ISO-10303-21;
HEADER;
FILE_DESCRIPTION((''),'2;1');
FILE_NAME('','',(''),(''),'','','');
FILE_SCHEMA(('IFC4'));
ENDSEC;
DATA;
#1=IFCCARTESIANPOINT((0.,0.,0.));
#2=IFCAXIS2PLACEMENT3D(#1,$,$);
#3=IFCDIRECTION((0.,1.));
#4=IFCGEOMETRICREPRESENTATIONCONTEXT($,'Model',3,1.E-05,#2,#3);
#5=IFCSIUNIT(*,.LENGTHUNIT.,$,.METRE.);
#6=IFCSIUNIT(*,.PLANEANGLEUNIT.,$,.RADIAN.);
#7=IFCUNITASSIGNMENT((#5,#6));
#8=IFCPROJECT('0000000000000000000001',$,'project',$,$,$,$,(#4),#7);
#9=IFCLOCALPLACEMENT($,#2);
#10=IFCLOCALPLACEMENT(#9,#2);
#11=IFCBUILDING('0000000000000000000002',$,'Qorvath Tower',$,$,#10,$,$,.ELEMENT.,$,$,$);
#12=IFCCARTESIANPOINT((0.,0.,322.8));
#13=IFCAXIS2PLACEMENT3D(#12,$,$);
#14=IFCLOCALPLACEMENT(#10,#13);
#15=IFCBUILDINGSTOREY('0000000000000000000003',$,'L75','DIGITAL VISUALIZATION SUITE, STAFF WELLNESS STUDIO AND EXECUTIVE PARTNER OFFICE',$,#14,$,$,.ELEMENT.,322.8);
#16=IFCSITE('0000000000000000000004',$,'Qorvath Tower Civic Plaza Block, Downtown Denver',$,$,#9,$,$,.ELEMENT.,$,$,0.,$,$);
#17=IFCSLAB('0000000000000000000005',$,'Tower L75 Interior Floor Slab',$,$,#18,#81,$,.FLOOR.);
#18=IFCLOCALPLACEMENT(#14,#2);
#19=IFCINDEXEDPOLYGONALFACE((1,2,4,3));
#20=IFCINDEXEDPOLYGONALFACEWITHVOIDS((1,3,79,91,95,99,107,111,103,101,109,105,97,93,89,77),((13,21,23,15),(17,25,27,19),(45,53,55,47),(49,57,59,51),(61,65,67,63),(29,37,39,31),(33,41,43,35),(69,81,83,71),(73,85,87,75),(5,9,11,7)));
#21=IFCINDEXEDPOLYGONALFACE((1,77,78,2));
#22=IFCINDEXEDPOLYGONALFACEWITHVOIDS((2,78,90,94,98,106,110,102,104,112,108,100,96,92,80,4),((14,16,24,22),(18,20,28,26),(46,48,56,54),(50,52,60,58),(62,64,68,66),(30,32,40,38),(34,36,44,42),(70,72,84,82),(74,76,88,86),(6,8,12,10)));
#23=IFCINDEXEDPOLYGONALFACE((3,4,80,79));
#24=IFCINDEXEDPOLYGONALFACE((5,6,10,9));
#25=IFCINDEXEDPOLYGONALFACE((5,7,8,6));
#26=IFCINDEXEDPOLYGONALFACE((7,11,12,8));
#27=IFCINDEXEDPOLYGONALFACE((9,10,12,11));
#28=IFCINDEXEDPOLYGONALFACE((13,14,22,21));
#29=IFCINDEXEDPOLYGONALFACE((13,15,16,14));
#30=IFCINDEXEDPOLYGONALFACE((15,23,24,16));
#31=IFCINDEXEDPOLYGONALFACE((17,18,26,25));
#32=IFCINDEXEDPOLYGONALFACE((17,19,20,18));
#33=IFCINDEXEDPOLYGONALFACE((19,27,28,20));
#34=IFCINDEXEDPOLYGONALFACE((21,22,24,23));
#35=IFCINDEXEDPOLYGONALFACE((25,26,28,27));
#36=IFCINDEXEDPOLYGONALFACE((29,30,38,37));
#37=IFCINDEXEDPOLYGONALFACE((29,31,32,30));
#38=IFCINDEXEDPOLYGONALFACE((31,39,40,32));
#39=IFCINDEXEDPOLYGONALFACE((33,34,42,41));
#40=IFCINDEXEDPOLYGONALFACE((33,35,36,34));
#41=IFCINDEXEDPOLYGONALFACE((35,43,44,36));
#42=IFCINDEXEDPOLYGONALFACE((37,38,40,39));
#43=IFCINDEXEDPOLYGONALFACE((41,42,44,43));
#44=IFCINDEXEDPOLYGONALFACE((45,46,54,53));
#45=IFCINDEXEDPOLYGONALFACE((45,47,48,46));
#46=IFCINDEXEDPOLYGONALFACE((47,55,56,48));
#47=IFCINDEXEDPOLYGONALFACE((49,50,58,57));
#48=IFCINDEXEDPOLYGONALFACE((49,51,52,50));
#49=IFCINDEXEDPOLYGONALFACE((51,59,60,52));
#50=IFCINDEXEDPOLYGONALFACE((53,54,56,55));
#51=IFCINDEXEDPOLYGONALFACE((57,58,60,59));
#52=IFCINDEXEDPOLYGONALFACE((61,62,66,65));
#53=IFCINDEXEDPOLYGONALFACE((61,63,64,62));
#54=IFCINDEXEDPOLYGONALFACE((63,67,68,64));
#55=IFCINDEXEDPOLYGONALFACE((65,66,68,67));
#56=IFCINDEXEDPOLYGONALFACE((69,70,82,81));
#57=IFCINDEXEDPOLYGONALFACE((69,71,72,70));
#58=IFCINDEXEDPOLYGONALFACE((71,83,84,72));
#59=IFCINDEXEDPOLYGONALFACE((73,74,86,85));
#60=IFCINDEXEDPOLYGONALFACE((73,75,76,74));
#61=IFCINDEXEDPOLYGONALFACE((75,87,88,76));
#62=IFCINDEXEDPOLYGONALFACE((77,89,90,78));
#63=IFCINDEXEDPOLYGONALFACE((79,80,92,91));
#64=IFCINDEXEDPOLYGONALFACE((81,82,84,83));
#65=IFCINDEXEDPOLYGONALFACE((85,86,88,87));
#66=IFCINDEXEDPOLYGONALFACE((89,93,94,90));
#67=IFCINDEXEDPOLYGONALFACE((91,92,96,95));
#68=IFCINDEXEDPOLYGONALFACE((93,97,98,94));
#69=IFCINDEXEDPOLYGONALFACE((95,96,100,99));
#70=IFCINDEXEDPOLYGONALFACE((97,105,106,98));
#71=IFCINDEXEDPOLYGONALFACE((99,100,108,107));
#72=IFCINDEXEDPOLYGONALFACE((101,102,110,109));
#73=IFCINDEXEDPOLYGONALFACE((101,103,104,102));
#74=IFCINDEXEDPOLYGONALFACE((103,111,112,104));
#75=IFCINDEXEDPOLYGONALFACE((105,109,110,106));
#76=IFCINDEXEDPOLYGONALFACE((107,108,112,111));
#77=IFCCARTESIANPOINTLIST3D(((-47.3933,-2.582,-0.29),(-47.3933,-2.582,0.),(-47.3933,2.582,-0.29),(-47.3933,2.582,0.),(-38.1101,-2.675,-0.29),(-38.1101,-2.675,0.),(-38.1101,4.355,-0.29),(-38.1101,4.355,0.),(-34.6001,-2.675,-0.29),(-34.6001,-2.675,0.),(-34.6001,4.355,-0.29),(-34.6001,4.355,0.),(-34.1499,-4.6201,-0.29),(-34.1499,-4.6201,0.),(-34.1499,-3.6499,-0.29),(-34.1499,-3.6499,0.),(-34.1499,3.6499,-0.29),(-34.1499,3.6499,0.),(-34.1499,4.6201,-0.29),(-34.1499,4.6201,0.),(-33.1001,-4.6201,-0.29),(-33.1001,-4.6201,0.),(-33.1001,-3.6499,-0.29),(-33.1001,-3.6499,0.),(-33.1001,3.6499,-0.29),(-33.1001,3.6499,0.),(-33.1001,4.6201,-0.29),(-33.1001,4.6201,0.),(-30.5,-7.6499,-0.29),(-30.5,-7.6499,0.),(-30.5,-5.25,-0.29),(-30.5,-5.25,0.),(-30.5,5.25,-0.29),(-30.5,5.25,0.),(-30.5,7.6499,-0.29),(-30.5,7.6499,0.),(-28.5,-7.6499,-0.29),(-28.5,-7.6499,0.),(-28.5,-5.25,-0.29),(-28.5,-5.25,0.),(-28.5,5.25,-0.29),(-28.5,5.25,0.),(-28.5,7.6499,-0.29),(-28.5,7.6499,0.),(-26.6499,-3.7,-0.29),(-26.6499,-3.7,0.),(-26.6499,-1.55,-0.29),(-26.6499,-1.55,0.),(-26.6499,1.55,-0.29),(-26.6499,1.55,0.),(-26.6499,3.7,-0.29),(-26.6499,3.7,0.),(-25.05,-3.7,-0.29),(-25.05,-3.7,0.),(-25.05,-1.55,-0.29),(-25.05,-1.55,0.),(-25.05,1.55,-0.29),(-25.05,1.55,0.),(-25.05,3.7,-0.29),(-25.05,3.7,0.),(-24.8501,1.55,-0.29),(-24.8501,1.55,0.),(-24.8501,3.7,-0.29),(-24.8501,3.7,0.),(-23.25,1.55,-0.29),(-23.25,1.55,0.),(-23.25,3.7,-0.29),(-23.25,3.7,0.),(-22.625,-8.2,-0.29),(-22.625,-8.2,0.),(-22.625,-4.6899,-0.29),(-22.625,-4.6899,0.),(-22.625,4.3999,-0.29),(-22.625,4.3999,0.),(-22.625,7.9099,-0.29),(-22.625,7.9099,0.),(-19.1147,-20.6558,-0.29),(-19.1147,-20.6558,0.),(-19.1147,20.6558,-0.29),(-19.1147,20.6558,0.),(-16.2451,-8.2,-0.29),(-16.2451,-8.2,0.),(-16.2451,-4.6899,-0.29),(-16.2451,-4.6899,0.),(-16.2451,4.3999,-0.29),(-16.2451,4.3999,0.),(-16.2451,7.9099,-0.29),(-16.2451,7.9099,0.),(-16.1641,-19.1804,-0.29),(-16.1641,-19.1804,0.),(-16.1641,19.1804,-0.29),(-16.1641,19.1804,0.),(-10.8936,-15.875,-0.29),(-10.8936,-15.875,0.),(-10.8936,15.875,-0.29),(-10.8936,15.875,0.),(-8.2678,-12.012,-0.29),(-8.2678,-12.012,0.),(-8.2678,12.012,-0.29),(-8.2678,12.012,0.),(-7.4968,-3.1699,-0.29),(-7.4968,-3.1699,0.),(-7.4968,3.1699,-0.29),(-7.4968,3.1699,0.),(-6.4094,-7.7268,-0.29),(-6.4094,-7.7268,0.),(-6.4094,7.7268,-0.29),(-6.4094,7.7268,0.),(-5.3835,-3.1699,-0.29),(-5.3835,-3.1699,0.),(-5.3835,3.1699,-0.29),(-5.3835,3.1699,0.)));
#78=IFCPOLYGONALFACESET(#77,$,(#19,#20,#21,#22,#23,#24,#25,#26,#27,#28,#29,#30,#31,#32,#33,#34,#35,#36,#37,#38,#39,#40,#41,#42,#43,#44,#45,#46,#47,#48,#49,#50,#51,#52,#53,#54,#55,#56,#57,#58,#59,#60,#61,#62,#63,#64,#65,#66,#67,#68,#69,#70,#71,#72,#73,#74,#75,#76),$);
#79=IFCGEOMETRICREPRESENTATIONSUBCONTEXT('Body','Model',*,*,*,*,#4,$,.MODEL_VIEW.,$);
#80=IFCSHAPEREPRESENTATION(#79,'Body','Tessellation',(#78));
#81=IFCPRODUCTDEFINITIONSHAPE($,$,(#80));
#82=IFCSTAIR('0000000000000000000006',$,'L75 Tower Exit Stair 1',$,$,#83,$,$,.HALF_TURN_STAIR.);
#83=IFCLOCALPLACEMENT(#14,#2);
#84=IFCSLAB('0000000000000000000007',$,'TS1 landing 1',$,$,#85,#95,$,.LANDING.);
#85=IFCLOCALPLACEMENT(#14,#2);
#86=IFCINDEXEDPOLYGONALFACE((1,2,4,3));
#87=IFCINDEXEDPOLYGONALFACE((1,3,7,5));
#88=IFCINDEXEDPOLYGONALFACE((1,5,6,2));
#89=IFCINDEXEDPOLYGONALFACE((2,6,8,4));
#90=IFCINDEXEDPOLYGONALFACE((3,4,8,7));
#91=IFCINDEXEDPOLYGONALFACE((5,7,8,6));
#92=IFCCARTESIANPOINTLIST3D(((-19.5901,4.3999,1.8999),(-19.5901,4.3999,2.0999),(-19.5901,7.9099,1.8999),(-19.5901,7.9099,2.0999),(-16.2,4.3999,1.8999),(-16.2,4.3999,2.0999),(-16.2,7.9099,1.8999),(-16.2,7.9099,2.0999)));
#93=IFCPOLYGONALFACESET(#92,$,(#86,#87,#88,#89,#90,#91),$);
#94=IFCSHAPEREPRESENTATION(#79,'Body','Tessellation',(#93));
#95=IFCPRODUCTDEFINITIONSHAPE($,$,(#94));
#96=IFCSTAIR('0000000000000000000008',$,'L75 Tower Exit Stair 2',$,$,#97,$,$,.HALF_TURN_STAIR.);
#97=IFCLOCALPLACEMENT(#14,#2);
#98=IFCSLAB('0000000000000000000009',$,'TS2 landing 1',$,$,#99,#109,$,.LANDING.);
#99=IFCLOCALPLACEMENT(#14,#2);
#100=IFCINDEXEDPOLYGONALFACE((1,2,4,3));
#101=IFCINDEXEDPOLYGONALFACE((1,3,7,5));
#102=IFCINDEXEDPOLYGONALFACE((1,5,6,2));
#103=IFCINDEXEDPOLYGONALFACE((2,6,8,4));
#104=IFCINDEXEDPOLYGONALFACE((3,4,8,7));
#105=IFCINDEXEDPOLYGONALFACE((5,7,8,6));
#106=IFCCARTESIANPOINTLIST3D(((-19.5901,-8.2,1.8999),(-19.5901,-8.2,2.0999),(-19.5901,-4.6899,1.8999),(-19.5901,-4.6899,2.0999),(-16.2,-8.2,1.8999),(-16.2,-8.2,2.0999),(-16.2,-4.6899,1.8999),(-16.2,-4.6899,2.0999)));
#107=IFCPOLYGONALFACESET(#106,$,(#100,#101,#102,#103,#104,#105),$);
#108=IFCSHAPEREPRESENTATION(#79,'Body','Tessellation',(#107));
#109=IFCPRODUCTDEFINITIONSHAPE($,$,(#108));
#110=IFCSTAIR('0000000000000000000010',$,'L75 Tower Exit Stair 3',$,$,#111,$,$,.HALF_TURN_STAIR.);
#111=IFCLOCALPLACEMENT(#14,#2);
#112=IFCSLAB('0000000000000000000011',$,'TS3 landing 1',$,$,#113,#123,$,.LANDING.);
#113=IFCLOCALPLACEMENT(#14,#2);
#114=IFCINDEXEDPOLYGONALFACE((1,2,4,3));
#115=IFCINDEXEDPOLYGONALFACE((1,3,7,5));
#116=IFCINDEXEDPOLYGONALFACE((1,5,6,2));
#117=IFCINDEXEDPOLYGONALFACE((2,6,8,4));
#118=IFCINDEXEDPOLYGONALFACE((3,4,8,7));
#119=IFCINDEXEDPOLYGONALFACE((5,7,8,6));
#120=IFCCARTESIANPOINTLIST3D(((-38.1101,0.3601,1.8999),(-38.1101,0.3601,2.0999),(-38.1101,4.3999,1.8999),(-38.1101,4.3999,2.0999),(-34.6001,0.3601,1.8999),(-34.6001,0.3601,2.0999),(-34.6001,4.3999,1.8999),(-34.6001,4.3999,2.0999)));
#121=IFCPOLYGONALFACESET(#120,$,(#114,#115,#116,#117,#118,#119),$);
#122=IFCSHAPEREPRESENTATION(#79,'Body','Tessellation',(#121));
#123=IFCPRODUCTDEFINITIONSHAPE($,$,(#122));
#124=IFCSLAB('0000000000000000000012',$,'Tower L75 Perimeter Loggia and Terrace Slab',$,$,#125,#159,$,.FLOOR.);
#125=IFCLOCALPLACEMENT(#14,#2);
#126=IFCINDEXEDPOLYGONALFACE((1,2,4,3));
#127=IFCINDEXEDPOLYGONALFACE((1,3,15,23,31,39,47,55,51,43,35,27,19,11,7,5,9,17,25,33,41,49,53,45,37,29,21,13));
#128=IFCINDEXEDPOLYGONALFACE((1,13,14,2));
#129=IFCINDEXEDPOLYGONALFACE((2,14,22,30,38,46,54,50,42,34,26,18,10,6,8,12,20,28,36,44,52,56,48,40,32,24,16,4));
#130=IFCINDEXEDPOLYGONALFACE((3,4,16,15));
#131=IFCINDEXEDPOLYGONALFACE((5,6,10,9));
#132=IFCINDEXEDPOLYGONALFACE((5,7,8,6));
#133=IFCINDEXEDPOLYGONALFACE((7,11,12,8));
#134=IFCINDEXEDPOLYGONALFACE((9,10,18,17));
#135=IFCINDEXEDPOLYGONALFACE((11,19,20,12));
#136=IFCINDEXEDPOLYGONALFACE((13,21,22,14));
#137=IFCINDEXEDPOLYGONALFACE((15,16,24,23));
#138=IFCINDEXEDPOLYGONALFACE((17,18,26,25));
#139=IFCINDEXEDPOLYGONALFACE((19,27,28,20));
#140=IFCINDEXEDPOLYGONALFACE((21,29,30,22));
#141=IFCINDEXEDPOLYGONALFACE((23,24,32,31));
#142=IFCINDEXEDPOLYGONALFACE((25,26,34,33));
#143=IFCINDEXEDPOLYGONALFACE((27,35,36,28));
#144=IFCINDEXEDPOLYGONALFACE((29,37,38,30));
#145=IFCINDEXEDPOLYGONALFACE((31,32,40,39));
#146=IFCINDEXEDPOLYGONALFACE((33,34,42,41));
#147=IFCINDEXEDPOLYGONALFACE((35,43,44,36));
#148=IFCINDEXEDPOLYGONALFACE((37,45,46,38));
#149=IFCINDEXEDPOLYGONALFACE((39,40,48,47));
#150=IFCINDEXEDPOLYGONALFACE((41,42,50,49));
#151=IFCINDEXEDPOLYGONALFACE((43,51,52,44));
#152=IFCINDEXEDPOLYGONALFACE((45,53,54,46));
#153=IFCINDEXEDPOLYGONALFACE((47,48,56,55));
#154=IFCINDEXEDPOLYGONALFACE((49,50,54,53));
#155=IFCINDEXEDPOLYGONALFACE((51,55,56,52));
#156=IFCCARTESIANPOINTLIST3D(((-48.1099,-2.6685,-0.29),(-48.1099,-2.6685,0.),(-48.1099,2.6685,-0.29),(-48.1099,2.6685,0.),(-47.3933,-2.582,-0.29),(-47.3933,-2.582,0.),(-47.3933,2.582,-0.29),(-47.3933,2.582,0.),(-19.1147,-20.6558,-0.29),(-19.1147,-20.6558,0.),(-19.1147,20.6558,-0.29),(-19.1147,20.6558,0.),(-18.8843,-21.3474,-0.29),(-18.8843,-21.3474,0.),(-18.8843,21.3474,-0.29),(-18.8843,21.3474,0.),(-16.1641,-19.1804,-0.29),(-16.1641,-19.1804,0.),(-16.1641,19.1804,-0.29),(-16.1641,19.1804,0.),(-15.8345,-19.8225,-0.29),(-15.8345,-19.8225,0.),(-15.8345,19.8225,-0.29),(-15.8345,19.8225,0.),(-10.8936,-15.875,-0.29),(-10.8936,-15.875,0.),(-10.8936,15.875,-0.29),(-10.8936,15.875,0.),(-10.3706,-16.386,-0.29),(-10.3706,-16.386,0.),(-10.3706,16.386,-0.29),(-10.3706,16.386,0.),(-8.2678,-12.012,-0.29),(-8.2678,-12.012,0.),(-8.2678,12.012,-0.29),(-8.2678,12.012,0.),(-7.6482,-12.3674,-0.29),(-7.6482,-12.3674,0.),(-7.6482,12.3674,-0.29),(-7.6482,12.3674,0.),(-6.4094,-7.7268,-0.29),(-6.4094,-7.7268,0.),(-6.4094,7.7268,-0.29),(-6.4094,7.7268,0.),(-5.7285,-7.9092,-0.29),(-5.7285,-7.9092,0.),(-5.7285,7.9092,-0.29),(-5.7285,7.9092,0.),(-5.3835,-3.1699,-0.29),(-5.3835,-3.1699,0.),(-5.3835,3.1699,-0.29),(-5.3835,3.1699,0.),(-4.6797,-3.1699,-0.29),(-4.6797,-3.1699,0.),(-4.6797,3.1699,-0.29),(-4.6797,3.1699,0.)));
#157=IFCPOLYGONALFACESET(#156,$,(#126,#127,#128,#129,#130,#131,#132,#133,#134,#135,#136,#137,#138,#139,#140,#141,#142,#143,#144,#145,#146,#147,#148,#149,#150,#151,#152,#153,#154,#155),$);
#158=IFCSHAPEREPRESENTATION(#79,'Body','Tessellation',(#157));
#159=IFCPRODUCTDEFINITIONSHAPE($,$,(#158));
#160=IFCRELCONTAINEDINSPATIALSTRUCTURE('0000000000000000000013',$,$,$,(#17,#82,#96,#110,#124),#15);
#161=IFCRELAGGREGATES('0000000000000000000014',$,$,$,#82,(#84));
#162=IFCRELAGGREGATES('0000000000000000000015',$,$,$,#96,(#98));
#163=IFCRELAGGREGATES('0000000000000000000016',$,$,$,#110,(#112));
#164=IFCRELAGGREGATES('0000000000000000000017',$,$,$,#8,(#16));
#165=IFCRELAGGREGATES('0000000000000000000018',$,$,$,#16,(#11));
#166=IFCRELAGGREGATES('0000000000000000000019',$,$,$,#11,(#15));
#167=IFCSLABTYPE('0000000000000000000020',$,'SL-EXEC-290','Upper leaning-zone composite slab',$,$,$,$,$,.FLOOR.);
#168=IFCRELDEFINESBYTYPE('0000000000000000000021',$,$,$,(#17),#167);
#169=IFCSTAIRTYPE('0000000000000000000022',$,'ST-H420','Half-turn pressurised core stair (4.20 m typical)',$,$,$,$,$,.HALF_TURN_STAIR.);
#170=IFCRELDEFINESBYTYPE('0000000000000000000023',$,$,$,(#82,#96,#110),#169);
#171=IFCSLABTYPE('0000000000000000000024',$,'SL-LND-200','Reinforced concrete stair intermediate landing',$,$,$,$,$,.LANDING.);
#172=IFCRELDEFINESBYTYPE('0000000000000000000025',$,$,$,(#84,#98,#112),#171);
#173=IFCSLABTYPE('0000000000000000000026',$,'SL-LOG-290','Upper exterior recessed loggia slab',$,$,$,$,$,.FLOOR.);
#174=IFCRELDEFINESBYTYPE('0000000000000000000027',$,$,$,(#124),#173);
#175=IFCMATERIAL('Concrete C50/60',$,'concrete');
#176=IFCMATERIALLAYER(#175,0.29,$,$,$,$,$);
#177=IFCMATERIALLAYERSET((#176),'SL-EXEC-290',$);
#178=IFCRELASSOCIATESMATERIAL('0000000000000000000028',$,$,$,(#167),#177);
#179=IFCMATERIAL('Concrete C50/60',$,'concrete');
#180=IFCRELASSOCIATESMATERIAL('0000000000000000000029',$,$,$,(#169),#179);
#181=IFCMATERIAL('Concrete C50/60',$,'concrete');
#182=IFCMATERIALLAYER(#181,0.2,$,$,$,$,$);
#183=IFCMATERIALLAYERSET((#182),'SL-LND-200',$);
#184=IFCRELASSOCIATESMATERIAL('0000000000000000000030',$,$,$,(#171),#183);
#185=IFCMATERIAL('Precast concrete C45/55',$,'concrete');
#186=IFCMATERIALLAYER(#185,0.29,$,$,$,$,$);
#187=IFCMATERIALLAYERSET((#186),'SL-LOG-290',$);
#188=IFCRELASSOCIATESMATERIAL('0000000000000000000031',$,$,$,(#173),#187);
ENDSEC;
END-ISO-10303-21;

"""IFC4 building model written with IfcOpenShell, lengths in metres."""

from ifc_helpers import new_model, si_unit, direction, frame, origin, place, context, subcontext, project, spatial, polyline, outline, extrude, material, layer, layer_set, type_object, element, aggregate, save


model = new_model("IFC4")

# Units and contexts
model_context = context("Model", 3, precision=1e-05, world=origin(), true_north=direction((0.0, 1.0)))
body_context = subcontext(model_context, "Body", "Model", "MODEL_VIEW")
ifc_project = project(units=[si_unit("LENGTHUNIT", "METRE"), si_unit("PLANEANGLEUNIT", "RADIAN")], contexts=[model_context])

# Site, building, storey
site_placement = place(None, origin())
site = spatial("IfcSite", under=ifc_project, at=site_placement, Name="Qorvath Tower Civic Plaza Block, Downtown Denver", CompositionType="ELEMENT", RefElevation=0.0)
building_placement = place(site_placement, origin())
building = spatial("IfcBuilding", under=site, at=building_placement, Name="Qorvath Tower", CompositionType="ELEMENT")
storey_placement = place(building_placement, frame((0.0, 0.0, 322.8)))
storey = spatial("IfcBuildingStorey", under=building, at=storey_placement, Name="L75", Description="DIGITAL VISUALIZATION SUITE, STAFF WELLNESS STUDIO AND EXECUTIVE PARTNER OFFICE", CompositionType="ELEMENT", Elevation=322.8)

# Slab
ifc_material_1 = material(Name="Concrete C50/60", Category="concrete")
ifc_layer_1 = layer(ifc_material_1, 0.29)
ifc_layer_set_1 = layer_set([ifc_layer_1], Name="SL-EXEC-290")
slab_type_1 = type_object("IfcSlabType", Name="SL-EXEC-290", Description="Upper leaning-zone composite slab", PredefinedType="FLOOR", material=ifc_layer_set_1)
slab_1_placement = place(storey_placement, frame((0.0, 0.0, -0.29)))
element("IfcSlab", 1, at=slab_1_placement, inside=storey, type_object=slab_type_1, Name="Tower L75 Interior Floor Slab", PredefinedType="FLOOR", context=body_context, shape_type="SweptSolid", body=[
    extrude(outline(polyline([(-47.3933, 2.582), (-47.3933, -2.582), (-19.1147, -20.6558), (-16.1641, -19.1804), (-10.8936, -15.875), (-8.2678, -12.012), (-6.4094, -7.7268), (-5.3835, -3.1699), (-7.4968, -3.1699), (-7.4968, 3.1699), (-5.3835, 3.1699), (-6.4094, 7.7268), (-8.2678, 12.012), (-10.8936, 15.875), (-16.1641, 19.1804), (-19.1147, 20.6558), (-47.3933, 2.582)]), holes=[polyline([(-16.2451, -8.2), (-22.625, -8.2), (-22.625, -4.6899), (-16.2451, -4.6899), (-16.2451, -8.2)]), polyline([(-22.625, 4.3999), (-22.625, 7.9099), (-16.2451, 7.9099), (-16.2451, 4.3999), (-22.625, 4.3999)]), polyline([(-23.25, 1.55), (-24.8501, 1.55), (-24.8501, 3.7), (-23.25, 3.7), (-23.25, 1.55)]), polyline([(-26.6499, -3.7), (-26.6499, -1.55), (-25.05, -1.55), (-25.05, -3.7), (-26.6499, -3.7)]), polyline([(-25.05, 1.55), (-26.6499, 1.55), (-26.6499, 3.7), (-25.05, 3.7), (-25.05, 1.55)]), polyline([(-28.5, -7.6499), (-30.5, -7.6499), (-30.5, -5.25), (-28.5, -5.25), (-28.5, -7.6499)]), polyline([(-30.5, 5.25), (-30.5, 7.6499), (-28.5, 7.6499), (-28.5, 5.25), (-30.5, 5.25)]), polyline([(-33.1001, -4.6201), (-34.1499, -4.6201), (-34.1499, -3.6499), (-33.1001, -3.6499), (-33.1001, -4.6201)]), polyline([(-33.1001, 3.6499), (-34.1499, 3.6499), (-34.1499, 4.6201), (-33.1001, 4.6201), (-33.1001, 3.6499)]), polyline([(-34.6001, -2.675), (-38.1101, -2.675), (-38.1101, 4.355), (-34.6001, 4.355), (-34.6001, -2.675)])]), origin(), (0.0, 0.0, 1.0), 0.29),
])

# Stairs, slabs
ifc_material_2 = material(Name="Concrete C50/60", Category="concrete")
stair_type = type_object("IfcStairType", Name="ST-H420", Description="Half-turn pressurised core stair (4.20 m typical)", PredefinedType="HALF_TURN_STAIR", material=ifc_material_2)
stair_1_placement = place(storey_placement, origin())
stair_1 = element("IfcStair", 2, at=stair_1_placement, inside=storey, type_object=stair_type, Name="L75 Tower Exit Stair 1", PredefinedType="HALF_TURN_STAIR")
ifc_material_3 = material(Name="Concrete C50/60", Category="concrete")
ifc_layer_2 = layer(ifc_material_3, 0.2)
ifc_layer_set_2 = layer_set([ifc_layer_2], Name="SL-LND-200")
slab_type_2 = type_object("IfcSlabType", Name="SL-LND-200", Description="Reinforced concrete stair intermediate landing", PredefinedType="LANDING", material=ifc_layer_set_2)
slab_2_placement = place(storey_placement, frame((0.0, 0.0, 1.8999)))
slab_2 = element("IfcSlab", 3, at=slab_2_placement, type_object=slab_type_2, Name="TS1 landing 1", PredefinedType="LANDING", context=body_context, shape_type="SweptSolid", body=[
    extrude(outline(polyline([(-19.5901, 4.3999), (-16.2, 4.3999), (-16.2, 7.9099), (-19.5901, 7.9099), (-19.5901, 4.3999)])), origin(), (0.0, 0.0, 1.0), 0.2),
])
aggregate(stair_1, [slab_2])
stair_2_placement = place(storey_placement, origin())
stair_2 = element("IfcStair", 4, at=stair_2_placement, inside=storey, type_object=stair_type, Name="L75 Tower Exit Stair 2", PredefinedType="HALF_TURN_STAIR")
slab_3_placement = place(storey_placement, frame((0.0, 0.0, 1.8999)))
slab_3 = element("IfcSlab", 5, at=slab_3_placement, type_object=slab_type_2, Name="TS2 landing 1", PredefinedType="LANDING", context=body_context, shape_type="SweptSolid", body=[
    extrude(outline(polyline([(-19.5901, -8.2), (-16.2, -8.2), (-16.2, -4.6899), (-19.5901, -4.6899), (-19.5901, -8.2)])), origin(), (0.0, 0.0, 1.0), 0.2),
])
aggregate(stair_2, [slab_3])
stair_3_placement = place(storey_placement, origin())
stair_3 = element("IfcStair", 6, at=stair_3_placement, inside=storey, type_object=stair_type, Name="L75 Tower Exit Stair 3", PredefinedType="HALF_TURN_STAIR")
slab_4_placement = place(storey_placement, frame((0.0, 0.0, 1.8999)))
slab_4 = element("IfcSlab", 7, at=slab_4_placement, type_object=slab_type_2, Name="TS3 landing 1", PredefinedType="LANDING", context=body_context, shape_type="SweptSolid", body=[
    extrude(outline(polyline([(-34.6001, 0.3601), (-34.6001, 4.3999), (-38.1101, 4.3999), (-38.1101, 0.3601), (-34.6001, 0.3601)])), origin(), (0.0, 0.0, 1.0), 0.2),
])
aggregate(stair_3, [slab_4])

# Slab
ifc_material_4 = material(Name="Precast concrete C45/55", Category="concrete")
ifc_layer_3 = layer(ifc_material_4, 0.29)
ifc_layer_set_3 = layer_set([ifc_layer_3], Name="SL-LOG-290")
slab_type_3 = type_object("IfcSlabType", Name="SL-LOG-290", Description="Upper exterior recessed loggia slab", PredefinedType="FLOOR", material=ifc_layer_set_3)
slab_5_placement = place(storey_placement, frame((0.0, 0.0, -0.29)))
element("IfcSlab", 8, at=slab_5_placement, inside=storey, type_object=slab_type_3, Name="Tower L75 Perimeter Loggia and Terrace Slab", PredefinedType="FLOOR", context=body_context, shape_type="SweptSolid", body=[
    extrude(outline(polyline([(-5.3835, -3.1699), (-6.4094, -7.7268), (-8.2678, -12.012), (-10.8936, -15.875), (-16.1641, -19.1804), (-19.1147, -20.6558), (-47.3933, -2.582), (-47.3933, 2.582), (-19.1147, 20.6558), (-16.1641, 19.1804), (-10.8936, 15.875), (-8.2678, 12.012), (-6.4094, 7.7268), (-5.3835, 3.1699), (-4.6797, 3.1699), (-5.7285, 7.9092), (-7.6482, 12.3674), (-10.3706, 16.386), (-15.8345, 19.8225), (-18.8843, 21.3474), (-48.1099, 2.6685), (-48.1099, -2.6685), (-18.8843, -21.3474), (-15.8345, -19.8225), (-10.3706, -16.386), (-7.6482, -12.3674), (-5.7285, -7.9092), (-4.6797, -3.1699), (-5.3835, -3.1699)])), origin(), (0.0, 0.0, 1.0), 0.29),
])

save(model, "model.ifc")
